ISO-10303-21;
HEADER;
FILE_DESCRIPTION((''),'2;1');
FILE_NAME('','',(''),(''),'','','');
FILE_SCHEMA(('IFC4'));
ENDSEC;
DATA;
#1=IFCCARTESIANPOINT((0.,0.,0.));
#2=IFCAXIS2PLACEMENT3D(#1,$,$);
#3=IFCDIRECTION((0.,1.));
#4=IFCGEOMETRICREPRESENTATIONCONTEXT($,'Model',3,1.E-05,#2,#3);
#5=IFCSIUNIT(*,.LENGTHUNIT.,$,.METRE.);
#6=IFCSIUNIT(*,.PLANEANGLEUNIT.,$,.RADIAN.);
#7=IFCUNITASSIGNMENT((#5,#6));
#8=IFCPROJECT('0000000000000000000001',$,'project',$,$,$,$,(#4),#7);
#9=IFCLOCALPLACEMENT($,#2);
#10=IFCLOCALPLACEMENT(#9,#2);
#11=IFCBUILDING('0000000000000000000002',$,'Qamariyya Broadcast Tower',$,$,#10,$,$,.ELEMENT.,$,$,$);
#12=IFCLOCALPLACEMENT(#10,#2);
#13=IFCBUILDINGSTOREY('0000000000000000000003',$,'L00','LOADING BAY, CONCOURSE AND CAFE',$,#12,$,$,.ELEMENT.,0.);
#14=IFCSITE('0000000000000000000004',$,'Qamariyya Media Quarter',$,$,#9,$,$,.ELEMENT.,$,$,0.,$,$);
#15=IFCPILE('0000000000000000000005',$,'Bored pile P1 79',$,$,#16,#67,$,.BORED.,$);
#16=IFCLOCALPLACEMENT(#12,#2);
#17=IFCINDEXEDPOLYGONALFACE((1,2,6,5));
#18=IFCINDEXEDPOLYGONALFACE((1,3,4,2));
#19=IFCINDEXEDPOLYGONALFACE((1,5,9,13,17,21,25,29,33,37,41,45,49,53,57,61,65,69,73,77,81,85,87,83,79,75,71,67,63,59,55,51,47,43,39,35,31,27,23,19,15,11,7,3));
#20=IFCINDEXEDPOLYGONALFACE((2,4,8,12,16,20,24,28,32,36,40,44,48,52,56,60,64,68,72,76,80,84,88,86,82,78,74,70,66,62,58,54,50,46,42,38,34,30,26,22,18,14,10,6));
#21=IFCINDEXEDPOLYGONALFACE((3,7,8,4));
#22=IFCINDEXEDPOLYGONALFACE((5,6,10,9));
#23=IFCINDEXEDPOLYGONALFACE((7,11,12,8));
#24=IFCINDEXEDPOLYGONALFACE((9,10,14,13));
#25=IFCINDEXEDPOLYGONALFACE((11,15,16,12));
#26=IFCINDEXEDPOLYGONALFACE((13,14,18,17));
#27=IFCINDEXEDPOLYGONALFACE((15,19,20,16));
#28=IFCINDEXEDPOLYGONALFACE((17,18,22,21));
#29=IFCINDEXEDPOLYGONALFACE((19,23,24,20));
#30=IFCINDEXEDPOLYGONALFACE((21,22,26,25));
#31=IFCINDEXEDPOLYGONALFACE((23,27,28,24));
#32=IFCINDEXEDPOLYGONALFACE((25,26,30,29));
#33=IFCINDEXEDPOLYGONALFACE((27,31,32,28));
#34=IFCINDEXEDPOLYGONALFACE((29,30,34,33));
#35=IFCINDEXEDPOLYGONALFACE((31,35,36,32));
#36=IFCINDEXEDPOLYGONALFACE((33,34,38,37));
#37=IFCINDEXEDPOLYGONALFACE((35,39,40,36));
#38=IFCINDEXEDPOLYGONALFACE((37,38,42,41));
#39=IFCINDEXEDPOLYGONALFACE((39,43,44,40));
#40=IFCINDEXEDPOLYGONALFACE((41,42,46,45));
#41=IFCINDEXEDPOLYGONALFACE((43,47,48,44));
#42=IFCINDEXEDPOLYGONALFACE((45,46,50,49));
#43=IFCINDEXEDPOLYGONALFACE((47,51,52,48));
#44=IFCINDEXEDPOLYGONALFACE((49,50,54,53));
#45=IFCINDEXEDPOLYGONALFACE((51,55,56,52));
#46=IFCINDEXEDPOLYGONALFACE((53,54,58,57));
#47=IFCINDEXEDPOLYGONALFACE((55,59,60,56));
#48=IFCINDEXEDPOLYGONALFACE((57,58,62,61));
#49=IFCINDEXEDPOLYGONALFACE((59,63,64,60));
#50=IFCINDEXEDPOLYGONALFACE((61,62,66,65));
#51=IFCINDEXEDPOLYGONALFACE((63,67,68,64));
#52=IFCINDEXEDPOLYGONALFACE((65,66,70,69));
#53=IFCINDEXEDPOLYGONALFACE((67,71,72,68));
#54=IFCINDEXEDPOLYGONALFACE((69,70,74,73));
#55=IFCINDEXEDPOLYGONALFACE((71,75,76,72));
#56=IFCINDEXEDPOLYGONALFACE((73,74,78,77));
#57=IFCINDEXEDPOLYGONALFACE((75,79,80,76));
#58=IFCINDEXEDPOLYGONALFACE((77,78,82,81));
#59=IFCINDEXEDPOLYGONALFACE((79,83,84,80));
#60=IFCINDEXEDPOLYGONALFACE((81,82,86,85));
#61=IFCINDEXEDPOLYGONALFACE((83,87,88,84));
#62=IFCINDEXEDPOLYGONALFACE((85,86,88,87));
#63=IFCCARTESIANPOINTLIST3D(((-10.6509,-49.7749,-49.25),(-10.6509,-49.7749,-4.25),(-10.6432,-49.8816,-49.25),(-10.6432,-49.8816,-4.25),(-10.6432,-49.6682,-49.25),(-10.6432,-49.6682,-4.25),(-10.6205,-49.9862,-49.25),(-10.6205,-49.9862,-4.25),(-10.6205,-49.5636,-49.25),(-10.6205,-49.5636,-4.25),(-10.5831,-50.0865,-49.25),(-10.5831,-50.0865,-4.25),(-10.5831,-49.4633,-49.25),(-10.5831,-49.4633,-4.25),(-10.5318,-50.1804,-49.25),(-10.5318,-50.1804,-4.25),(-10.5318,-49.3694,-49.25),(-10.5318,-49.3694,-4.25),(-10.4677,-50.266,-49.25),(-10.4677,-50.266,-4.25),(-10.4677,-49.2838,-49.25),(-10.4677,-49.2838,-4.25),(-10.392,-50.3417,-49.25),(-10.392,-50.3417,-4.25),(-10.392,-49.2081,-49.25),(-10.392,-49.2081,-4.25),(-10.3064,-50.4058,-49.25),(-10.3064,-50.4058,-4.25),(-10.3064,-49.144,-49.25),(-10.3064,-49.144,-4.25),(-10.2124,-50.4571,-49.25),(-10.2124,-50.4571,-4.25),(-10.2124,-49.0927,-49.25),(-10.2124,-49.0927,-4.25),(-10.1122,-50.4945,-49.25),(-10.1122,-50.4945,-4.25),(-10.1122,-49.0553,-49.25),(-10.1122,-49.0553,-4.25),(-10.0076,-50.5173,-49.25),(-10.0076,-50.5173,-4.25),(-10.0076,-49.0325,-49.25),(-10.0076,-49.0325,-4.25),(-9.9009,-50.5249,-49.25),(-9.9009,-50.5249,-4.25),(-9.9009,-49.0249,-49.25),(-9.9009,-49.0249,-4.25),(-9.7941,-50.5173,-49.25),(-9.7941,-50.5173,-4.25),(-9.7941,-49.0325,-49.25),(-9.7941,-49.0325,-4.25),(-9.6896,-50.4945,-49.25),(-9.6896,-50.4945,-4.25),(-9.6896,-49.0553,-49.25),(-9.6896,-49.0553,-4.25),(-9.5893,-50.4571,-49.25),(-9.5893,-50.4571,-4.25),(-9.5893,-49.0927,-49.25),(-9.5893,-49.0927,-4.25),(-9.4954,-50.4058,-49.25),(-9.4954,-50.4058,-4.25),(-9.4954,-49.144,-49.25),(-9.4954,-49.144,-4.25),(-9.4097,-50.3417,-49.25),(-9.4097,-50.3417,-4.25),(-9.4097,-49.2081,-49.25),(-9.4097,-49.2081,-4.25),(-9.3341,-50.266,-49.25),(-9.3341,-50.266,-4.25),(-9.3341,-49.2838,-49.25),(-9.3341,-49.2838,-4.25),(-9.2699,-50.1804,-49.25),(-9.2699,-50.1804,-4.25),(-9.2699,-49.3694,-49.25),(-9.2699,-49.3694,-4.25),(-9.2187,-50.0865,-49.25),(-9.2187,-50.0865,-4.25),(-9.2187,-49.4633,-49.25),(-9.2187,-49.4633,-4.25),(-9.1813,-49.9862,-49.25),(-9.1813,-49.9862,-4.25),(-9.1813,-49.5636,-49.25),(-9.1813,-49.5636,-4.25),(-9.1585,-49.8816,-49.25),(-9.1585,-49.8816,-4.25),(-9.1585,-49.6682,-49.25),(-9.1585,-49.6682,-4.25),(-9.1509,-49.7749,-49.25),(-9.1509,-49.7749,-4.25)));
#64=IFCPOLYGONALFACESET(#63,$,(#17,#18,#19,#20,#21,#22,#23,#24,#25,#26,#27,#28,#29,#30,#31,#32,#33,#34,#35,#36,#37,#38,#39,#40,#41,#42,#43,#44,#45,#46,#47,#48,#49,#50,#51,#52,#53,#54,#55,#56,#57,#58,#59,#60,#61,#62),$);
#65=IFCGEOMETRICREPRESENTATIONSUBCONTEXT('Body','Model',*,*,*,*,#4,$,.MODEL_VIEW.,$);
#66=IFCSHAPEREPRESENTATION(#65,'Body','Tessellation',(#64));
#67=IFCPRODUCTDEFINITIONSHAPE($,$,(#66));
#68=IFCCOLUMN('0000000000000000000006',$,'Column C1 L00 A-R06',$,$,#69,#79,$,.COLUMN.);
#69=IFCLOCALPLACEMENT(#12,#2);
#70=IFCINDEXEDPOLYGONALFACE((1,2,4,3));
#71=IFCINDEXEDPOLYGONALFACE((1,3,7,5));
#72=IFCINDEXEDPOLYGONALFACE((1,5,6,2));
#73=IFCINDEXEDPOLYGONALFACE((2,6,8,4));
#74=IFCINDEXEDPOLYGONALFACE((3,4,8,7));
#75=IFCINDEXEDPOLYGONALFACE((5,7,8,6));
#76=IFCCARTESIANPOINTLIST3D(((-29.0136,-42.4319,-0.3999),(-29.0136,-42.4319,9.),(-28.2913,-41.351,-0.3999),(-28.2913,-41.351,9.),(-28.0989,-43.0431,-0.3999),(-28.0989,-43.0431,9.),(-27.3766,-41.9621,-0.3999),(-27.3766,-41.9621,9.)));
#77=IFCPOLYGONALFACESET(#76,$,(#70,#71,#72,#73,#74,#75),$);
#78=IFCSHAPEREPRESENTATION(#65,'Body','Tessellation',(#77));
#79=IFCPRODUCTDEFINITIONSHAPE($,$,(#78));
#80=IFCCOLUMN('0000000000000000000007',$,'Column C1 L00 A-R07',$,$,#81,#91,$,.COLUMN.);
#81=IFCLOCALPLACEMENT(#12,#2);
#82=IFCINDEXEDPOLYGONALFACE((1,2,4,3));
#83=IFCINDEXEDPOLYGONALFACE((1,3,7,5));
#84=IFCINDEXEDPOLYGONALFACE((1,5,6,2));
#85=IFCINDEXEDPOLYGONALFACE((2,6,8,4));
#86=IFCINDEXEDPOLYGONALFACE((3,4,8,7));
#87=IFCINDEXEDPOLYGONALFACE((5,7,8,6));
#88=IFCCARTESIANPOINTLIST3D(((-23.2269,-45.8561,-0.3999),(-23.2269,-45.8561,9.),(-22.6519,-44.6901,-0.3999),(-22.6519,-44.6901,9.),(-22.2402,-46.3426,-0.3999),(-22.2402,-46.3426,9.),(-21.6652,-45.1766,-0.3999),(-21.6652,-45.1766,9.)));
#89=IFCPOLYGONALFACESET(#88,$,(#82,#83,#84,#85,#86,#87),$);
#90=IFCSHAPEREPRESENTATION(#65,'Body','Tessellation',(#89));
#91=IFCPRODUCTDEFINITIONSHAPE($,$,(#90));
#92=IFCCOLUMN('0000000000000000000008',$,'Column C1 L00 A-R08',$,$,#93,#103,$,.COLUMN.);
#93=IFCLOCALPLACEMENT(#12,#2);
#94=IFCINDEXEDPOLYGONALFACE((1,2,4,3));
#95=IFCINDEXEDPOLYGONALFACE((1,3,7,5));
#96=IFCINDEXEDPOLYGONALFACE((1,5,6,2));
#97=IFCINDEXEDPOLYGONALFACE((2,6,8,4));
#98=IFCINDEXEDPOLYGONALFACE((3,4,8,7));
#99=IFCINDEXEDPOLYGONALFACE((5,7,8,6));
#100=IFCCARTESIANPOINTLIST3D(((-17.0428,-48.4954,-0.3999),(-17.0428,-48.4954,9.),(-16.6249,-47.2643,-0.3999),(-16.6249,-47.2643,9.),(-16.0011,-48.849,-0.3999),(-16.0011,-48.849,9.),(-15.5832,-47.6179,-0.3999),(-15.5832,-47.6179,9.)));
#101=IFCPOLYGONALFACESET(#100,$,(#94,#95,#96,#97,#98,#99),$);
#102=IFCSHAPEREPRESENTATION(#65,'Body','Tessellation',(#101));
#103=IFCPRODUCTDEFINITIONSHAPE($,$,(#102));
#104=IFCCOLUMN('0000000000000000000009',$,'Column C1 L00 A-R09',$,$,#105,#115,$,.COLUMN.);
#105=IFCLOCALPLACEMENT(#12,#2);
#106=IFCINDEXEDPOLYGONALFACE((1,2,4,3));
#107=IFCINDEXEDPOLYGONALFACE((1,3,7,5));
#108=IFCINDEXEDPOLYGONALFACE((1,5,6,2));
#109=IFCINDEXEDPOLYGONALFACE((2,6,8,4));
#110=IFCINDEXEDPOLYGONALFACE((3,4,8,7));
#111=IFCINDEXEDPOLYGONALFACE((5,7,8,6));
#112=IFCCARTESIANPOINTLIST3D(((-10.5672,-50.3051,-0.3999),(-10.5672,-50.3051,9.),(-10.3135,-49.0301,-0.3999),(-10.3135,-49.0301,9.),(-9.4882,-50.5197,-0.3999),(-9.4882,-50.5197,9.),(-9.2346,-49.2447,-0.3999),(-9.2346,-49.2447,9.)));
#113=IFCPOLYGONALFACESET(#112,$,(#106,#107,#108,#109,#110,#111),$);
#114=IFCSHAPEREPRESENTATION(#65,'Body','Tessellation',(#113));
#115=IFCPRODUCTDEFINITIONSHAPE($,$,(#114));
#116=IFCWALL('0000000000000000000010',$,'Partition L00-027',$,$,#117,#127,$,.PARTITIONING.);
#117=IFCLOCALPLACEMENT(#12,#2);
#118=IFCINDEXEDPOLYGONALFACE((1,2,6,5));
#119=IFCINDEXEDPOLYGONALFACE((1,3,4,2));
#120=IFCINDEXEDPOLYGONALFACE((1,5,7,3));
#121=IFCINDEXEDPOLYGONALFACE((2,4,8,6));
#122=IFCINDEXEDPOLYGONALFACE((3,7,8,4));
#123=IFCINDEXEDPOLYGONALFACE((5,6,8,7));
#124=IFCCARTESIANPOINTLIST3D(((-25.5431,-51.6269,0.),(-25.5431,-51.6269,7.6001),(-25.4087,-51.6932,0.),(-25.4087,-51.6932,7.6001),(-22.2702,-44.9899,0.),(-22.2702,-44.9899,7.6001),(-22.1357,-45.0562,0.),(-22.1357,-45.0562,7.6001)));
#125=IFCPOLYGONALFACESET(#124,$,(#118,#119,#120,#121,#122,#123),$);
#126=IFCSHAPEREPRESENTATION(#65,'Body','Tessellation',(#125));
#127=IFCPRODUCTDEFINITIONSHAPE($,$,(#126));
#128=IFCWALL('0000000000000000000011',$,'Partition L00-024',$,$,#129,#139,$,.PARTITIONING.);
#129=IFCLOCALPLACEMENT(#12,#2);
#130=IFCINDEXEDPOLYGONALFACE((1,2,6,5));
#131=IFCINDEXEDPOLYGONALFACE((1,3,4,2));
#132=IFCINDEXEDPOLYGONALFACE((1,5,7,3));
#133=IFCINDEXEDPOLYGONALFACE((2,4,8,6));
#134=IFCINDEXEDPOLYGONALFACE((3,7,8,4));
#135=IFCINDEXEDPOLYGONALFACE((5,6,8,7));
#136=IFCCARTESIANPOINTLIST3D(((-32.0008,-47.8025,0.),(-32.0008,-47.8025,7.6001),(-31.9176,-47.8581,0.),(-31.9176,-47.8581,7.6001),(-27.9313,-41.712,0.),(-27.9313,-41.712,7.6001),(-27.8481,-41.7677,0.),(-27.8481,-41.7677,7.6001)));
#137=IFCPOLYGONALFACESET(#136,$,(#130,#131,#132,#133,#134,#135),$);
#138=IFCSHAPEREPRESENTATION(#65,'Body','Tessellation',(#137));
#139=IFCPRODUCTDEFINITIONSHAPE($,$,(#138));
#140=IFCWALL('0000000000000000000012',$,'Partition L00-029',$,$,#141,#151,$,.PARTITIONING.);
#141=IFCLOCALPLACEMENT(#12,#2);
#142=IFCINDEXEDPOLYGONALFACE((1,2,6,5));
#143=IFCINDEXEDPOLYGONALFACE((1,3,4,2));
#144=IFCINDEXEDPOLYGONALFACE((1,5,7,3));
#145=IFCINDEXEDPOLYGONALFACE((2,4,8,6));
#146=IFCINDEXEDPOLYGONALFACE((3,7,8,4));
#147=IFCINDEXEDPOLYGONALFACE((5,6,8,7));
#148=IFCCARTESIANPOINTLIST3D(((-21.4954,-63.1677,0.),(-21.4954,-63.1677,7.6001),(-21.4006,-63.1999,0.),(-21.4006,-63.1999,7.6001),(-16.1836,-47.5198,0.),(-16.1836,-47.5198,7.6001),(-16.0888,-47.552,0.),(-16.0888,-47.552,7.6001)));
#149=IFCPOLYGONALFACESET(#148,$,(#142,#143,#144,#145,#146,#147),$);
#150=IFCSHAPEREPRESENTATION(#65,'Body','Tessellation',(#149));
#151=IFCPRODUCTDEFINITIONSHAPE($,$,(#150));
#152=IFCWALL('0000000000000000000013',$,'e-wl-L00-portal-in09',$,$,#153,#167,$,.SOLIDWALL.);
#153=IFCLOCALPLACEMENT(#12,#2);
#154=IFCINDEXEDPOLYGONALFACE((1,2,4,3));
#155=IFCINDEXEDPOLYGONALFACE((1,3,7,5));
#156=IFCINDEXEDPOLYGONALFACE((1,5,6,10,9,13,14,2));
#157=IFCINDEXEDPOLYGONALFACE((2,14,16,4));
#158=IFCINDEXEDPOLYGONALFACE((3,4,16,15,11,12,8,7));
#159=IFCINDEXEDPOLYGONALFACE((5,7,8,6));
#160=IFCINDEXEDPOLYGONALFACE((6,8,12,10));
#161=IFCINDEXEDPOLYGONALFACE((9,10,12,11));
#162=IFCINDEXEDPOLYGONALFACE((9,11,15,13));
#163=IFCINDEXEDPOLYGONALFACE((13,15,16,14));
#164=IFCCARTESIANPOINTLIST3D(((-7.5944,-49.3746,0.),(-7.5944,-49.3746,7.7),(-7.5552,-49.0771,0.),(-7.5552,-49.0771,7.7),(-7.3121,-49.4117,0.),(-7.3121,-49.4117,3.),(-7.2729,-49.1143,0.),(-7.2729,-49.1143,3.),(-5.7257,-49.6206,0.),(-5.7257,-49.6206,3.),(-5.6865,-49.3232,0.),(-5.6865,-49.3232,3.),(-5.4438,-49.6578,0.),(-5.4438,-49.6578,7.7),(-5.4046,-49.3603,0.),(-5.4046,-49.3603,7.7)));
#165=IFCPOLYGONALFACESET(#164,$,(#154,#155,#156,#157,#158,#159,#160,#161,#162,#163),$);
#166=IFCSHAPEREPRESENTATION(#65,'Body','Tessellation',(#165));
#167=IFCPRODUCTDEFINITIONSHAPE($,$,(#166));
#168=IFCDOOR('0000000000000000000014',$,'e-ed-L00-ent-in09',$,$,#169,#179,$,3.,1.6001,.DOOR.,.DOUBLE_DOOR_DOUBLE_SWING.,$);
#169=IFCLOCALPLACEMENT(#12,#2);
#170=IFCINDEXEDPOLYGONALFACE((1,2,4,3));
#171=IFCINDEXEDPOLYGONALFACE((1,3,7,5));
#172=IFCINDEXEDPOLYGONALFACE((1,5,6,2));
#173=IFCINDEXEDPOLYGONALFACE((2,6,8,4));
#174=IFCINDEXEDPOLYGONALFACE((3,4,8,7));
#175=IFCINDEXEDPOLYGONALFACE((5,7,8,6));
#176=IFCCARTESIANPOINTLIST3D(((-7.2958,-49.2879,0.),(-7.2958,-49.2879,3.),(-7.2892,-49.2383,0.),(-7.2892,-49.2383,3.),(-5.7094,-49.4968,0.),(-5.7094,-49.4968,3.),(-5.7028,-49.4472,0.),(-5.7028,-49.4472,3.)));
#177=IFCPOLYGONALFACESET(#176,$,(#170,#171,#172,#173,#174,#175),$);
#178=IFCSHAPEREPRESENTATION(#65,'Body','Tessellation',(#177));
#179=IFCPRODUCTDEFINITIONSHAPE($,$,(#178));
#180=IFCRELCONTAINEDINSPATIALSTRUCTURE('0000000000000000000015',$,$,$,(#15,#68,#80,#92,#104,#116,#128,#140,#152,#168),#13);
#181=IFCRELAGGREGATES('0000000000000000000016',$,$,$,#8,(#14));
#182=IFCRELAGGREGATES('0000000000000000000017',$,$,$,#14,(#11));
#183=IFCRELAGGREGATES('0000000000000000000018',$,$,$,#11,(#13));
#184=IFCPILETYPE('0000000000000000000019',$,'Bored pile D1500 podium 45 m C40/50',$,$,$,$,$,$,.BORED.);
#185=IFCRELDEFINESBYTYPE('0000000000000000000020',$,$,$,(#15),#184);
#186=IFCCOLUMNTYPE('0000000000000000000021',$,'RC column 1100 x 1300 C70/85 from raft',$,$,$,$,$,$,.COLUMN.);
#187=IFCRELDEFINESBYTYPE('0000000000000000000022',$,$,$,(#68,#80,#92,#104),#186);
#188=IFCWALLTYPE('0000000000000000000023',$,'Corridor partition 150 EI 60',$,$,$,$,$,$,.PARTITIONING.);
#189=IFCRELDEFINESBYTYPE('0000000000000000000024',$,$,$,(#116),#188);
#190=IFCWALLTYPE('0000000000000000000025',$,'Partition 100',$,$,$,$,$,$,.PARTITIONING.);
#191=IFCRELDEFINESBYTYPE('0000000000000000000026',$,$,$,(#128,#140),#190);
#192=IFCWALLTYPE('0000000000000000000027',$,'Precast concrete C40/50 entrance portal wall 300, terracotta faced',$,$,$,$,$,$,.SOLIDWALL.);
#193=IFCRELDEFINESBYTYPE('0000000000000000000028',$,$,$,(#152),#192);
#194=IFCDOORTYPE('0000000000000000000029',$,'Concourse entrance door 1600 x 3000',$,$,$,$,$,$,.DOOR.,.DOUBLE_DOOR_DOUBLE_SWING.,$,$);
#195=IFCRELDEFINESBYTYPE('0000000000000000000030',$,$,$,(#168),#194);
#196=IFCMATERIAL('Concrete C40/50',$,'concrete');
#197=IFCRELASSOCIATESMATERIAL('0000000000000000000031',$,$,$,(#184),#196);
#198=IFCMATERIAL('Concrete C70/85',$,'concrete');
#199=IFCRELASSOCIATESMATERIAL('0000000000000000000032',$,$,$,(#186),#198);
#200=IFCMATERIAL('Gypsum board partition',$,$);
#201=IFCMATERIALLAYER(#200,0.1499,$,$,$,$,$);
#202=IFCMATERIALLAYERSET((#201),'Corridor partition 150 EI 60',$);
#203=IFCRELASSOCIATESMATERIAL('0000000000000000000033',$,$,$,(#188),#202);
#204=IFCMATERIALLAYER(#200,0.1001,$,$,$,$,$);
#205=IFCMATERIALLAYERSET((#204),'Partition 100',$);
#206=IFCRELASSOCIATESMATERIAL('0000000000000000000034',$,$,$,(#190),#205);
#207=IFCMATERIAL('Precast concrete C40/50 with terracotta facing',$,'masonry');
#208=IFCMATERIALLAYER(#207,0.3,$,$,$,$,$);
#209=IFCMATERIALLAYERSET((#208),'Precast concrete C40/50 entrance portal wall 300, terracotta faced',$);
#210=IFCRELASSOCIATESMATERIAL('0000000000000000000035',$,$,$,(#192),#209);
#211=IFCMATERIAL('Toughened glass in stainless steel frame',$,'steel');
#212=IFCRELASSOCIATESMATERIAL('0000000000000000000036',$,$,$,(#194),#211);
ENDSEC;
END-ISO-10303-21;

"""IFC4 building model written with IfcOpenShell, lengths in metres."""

from ifc_helpers import new_model, si_unit, direction, frame, frame_2d, origin, origin_2d, place, context, subcontext, project, spatial, rectangle, circle, extrude, material, layer, layer_set, material_profile, profile_set, type_object, element, fill, save


model = new_model("IFC4")

# Units and contexts
model_context = context("Model", 3, precision=1e-05, world=origin(), true_north=direction((0.0, 1.0)))
body_context = subcontext(model_context, "Body", "Model", "MODEL_VIEW")
ifc_project = project(units=[si_unit("LENGTHUNIT", "METRE"), si_unit("PLANEANGLEUNIT", "RADIAN")], contexts=[model_context])

# Site, building, storey
site_placement = place(None, origin())
site = spatial("IfcSite", under=ifc_project, at=site_placement, Name="Qamariyya Media Quarter", CompositionType="ELEMENT", RefElevation=0.0)
building_placement = place(site_placement, origin())
building = spatial("IfcBuilding", under=site, at=building_placement, Name="Qamariyya Broadcast Tower", CompositionType="ELEMENT")
storey_placement = place(building_placement, origin())
storey = spatial("IfcBuildingStorey", under=building, at=storey_placement, Name="L00", Description="LOADING BAY, CONCOURSE AND CAFE", CompositionType="ELEMENT", Elevation=0.0)

# Pile
ifc_material_1 = material(Name="Concrete C40/50", Category="concrete")
ifc_material_profile_1 = material_profile(ifc_material_1, circle(Radius=0.75, at=origin_2d()))
ifc_profile_set_1 = profile_set([ifc_material_profile_1], Name="Concrete C40/50")
pile_type = type_object("IfcPileType", Name="Bored pile D1500 podium 45 m C40/50", PredefinedType="BORED", material=ifc_profile_set_1)
for number, where, z_axis, x_axis, name in (
    (1, (-9.9009, -49.7749, -4.25), (0.0, 0.0, -1.0), (1.0, 0.0, 0.0), "Bored pile P1 79"),
):
    element("IfcPile", number, at=place(storey_placement, frame(where, z_axis=z_axis, x_axis=x_axis)), inside=storey, type_object=pile_type, Name=name, PredefinedType="BORED", context=body_context, shape_type="SweptSolid", body=[
        extrude(circle(Radius=0.75, at=origin_2d()), origin(), (0.0, 0.0, 1.0), 45.0),
    ])

# Columns
ifc_material_2 = material(Name="Concrete C70/85", Category="concrete")
ifc_material_profile_2 = material_profile(ifc_material_2, rectangle(XDim=1.1001, YDim=1.3, at=origin_2d()))
ifc_profile_set_2 = profile_set([ifc_material_profile_2], Name="Concrete C70/85")
column_type = type_object("IfcColumnType", Name="RC column 1100 x 1300 C70/85 from raft", PredefinedType="COLUMN", material=ifc_profile_set_2)
for number, where, z_axis, x_axis, name in (
    (2, (-28.1951, -42.197, -0.3999), (0.0, 0.0, 1.0), (0.83147, -0.55557, 0.0), "Column C1 L00 A-R06"),
    (3, (-22.446, -45.5164, -0.3999), (0.0, 0.0, 1.0), (0.896873, -0.442289, 0.0), "Column C1 L00 A-R07"),
    (4, (-16.313, -48.0566, -0.3999), (0.0, 0.0, 1.0), (0.94693, -0.321439, 0.0), "Column C1 L00 A-R08"),
    (5, (-9.9009, -49.7749, -0.3999), (0.0, 0.0, 1.0), (0.980785, -0.19509, 0.0), "Column C1 L00 A-R09"),
):
    element("IfcColumn", number, at=place(storey_placement, frame(where, z_axis=z_axis, x_axis=x_axis)), inside=storey, type_object=column_type, Name=name, PredefinedType="COLUMN", context=body_context, shape_type="SweptSolid", body=[
        extrude(rectangle(XDim=1.1001, YDim=1.3, at=origin_2d()), origin(), (0.0, 0.0, 1.0), 9.3999),
    ])

# Walls
ifc_material_3 = material(Name="Gypsum board partition")
ifc_layer_1 = layer(ifc_material_3, 0.1499)
ifc_layer_set_1 = layer_set([ifc_layer_1], Name="Corridor partition 150 EI 60")
wall_type_1 = type_object("IfcWallType", Name="Corridor partition 150 EI 60", PredefinedType="PARTITIONING", material=ifc_layer_set_1)
wall_1_placement = place(storey_placement, frame((-22.2029, -45.0229, 0.0), z_axis=(0.0, 0.0, 1.0), x_axis=(-0.442284, -0.896875, 0.0)))
element("IfcWall", 6, at=wall_1_placement, inside=storey, type_object=wall_type_1, Name="Partition L00-027", PredefinedType="PARTITIONING", context=body_context, shape_type="SweptSolid", body=[
    extrude(rectangle(XDim=7.4001, YDim=0.1499, at=frame_2d((3.7002, 0.0))), origin(), (0.0, 0.0, 1.0), 7.6001),
])
ifc_layer_2 = layer(ifc_material_3, 0.1001)
ifc_layer_set_2 = layer_set([ifc_layer_2], Name="Partition 100")
wall_type_2 = type_object("IfcWallType", Name="Partition 100", PredefinedType="PARTITIONING", material=ifc_layer_set_2)
wall_2_placement = place(storey_placement, frame((-27.8896, -41.7397, 0.0), z_axis=(0.0, 0.0, 1.0), x_axis=(-0.555569, -0.83147, 0.0)))
element("IfcWall", 7, at=wall_2_placement, inside=storey, type_object=wall_type_2, Name="Partition L00-024", PredefinedType="PARTITIONING", context=body_context, shape_type="SweptSolid", body=[
    extrude(rectangle(XDim=7.325, YDim=0.1001, at=frame_2d((3.6626, 0.0))), origin(), (0.0, 0.0, 1.0), 7.6001),
])
wall_3_placement = place(storey_placement, frame((-16.1362, -47.5359, 0.0), z_axis=(0.0, 0.0, 1.0), x_axis=(-0.32144, -0.94693, 0.0)))
element("IfcWall", 8, at=wall_3_placement, inside=storey, type_object=wall_type_2, Name="Partition L00-029", PredefinedType="PARTITIONING", context=body_context, shape_type="SweptSolid", body=[
    extrude(rectangle(XDim=16.5249, YDim=0.1001, at=frame_2d((8.2625, 0.0))), origin(), (0.0, 0.0, 1.0), 7.6001),
])

# Wall, opening, door
ifc_material_4 = material(Name="Precast concrete C40/50 with terracotta facing", Category="masonry")
ifc_layer_3 = layer(ifc_material_4, 0.3)
ifc_layer_set_3 = layer_set([ifc_layer_3], Name="Precast concrete C40/50 entrance portal wall 300, terracotta faced")
wall_type_3 = type_object("IfcWallType", Name="Precast concrete C40/50 entrance portal wall 300, terracotta faced", PredefinedType="SOLIDWALL", material=ifc_layer_set_3)
wall_4_placement = place(storey_placement, frame((-7.5747, -49.2258, 0.0), z_axis=(0.0, 0.0, 1.0), x_axis=(0.991441, -0.130556, 0.0)))
wall_4 = element("IfcWall", 9, at=wall_4_placement, inside=storey, type_object=wall_type_3, Name="e-wl-L00-portal-in09", PredefinedType="SOLIDWALL", context=body_context, shape_type="SweptSolid", body=[
    extrude(rectangle(XDim=2.1692, YDim=0.3, at=frame_2d((1.0845, 0.0))), origin(), (0.0, 0.0, 1.0), 7.7),
])
opening_1_placement = place(wall_4_placement, frame((0.2847, 0.0, 0.0)))
opening_1 = element("IfcOpeningElement", 10, at=opening_1_placement, cuts=wall_4, PredefinedType="OPENING", context=body_context, shape_type="SweptSolid", body=[
    extrude(rectangle(XDim=1.6001, YDim=3.0, at=frame_2d((0.8, 1.5))), frame((0.0, 0.1599, 0.0), z_axis=(0.0, -1.0, 0.0), x_axis=(1.0, 0.0, 0.0)), (0.0, 0.0, 1.0), 0.3201),
])
ifc_material_5 = material(Name="Toughened glass in stainless steel frame", Category="steel")
door_type_1 = type_object("IfcDoorType", Name="Concourse entrance door 1600 x 3000", OperationType="DOUBLE_DOOR_DOUBLE_SWING", PredefinedType="DOOR", material=ifc_material_5)
door_1_placement = place(opening_1_placement, origin())
door_1 = element("IfcDoor", 11, at=door_1_placement, inside=storey, type_object=door_type_1, Name="e-ed-L00-ent-in09", OperationType="DOUBLE_DOOR_DOUBLE_SWING", OverallHeight=3.0, OverallWidth=1.6001, PredefinedType="DOOR", context=body_context, shape_type="SweptSolid", body=[
    extrude(rectangle(XDim=1.6001, YDim=3.0, at=frame_2d((0.8, 1.5))), frame((0.0, 0.0249, 0.0), z_axis=(0.0, -1.0, 0.0), x_axis=(1.0, 0.0, 0.0)), (0.0, 0.0, 1.0), 0.05),
])
fill(opening_1, door_1)

save(model, "model.ifc")
